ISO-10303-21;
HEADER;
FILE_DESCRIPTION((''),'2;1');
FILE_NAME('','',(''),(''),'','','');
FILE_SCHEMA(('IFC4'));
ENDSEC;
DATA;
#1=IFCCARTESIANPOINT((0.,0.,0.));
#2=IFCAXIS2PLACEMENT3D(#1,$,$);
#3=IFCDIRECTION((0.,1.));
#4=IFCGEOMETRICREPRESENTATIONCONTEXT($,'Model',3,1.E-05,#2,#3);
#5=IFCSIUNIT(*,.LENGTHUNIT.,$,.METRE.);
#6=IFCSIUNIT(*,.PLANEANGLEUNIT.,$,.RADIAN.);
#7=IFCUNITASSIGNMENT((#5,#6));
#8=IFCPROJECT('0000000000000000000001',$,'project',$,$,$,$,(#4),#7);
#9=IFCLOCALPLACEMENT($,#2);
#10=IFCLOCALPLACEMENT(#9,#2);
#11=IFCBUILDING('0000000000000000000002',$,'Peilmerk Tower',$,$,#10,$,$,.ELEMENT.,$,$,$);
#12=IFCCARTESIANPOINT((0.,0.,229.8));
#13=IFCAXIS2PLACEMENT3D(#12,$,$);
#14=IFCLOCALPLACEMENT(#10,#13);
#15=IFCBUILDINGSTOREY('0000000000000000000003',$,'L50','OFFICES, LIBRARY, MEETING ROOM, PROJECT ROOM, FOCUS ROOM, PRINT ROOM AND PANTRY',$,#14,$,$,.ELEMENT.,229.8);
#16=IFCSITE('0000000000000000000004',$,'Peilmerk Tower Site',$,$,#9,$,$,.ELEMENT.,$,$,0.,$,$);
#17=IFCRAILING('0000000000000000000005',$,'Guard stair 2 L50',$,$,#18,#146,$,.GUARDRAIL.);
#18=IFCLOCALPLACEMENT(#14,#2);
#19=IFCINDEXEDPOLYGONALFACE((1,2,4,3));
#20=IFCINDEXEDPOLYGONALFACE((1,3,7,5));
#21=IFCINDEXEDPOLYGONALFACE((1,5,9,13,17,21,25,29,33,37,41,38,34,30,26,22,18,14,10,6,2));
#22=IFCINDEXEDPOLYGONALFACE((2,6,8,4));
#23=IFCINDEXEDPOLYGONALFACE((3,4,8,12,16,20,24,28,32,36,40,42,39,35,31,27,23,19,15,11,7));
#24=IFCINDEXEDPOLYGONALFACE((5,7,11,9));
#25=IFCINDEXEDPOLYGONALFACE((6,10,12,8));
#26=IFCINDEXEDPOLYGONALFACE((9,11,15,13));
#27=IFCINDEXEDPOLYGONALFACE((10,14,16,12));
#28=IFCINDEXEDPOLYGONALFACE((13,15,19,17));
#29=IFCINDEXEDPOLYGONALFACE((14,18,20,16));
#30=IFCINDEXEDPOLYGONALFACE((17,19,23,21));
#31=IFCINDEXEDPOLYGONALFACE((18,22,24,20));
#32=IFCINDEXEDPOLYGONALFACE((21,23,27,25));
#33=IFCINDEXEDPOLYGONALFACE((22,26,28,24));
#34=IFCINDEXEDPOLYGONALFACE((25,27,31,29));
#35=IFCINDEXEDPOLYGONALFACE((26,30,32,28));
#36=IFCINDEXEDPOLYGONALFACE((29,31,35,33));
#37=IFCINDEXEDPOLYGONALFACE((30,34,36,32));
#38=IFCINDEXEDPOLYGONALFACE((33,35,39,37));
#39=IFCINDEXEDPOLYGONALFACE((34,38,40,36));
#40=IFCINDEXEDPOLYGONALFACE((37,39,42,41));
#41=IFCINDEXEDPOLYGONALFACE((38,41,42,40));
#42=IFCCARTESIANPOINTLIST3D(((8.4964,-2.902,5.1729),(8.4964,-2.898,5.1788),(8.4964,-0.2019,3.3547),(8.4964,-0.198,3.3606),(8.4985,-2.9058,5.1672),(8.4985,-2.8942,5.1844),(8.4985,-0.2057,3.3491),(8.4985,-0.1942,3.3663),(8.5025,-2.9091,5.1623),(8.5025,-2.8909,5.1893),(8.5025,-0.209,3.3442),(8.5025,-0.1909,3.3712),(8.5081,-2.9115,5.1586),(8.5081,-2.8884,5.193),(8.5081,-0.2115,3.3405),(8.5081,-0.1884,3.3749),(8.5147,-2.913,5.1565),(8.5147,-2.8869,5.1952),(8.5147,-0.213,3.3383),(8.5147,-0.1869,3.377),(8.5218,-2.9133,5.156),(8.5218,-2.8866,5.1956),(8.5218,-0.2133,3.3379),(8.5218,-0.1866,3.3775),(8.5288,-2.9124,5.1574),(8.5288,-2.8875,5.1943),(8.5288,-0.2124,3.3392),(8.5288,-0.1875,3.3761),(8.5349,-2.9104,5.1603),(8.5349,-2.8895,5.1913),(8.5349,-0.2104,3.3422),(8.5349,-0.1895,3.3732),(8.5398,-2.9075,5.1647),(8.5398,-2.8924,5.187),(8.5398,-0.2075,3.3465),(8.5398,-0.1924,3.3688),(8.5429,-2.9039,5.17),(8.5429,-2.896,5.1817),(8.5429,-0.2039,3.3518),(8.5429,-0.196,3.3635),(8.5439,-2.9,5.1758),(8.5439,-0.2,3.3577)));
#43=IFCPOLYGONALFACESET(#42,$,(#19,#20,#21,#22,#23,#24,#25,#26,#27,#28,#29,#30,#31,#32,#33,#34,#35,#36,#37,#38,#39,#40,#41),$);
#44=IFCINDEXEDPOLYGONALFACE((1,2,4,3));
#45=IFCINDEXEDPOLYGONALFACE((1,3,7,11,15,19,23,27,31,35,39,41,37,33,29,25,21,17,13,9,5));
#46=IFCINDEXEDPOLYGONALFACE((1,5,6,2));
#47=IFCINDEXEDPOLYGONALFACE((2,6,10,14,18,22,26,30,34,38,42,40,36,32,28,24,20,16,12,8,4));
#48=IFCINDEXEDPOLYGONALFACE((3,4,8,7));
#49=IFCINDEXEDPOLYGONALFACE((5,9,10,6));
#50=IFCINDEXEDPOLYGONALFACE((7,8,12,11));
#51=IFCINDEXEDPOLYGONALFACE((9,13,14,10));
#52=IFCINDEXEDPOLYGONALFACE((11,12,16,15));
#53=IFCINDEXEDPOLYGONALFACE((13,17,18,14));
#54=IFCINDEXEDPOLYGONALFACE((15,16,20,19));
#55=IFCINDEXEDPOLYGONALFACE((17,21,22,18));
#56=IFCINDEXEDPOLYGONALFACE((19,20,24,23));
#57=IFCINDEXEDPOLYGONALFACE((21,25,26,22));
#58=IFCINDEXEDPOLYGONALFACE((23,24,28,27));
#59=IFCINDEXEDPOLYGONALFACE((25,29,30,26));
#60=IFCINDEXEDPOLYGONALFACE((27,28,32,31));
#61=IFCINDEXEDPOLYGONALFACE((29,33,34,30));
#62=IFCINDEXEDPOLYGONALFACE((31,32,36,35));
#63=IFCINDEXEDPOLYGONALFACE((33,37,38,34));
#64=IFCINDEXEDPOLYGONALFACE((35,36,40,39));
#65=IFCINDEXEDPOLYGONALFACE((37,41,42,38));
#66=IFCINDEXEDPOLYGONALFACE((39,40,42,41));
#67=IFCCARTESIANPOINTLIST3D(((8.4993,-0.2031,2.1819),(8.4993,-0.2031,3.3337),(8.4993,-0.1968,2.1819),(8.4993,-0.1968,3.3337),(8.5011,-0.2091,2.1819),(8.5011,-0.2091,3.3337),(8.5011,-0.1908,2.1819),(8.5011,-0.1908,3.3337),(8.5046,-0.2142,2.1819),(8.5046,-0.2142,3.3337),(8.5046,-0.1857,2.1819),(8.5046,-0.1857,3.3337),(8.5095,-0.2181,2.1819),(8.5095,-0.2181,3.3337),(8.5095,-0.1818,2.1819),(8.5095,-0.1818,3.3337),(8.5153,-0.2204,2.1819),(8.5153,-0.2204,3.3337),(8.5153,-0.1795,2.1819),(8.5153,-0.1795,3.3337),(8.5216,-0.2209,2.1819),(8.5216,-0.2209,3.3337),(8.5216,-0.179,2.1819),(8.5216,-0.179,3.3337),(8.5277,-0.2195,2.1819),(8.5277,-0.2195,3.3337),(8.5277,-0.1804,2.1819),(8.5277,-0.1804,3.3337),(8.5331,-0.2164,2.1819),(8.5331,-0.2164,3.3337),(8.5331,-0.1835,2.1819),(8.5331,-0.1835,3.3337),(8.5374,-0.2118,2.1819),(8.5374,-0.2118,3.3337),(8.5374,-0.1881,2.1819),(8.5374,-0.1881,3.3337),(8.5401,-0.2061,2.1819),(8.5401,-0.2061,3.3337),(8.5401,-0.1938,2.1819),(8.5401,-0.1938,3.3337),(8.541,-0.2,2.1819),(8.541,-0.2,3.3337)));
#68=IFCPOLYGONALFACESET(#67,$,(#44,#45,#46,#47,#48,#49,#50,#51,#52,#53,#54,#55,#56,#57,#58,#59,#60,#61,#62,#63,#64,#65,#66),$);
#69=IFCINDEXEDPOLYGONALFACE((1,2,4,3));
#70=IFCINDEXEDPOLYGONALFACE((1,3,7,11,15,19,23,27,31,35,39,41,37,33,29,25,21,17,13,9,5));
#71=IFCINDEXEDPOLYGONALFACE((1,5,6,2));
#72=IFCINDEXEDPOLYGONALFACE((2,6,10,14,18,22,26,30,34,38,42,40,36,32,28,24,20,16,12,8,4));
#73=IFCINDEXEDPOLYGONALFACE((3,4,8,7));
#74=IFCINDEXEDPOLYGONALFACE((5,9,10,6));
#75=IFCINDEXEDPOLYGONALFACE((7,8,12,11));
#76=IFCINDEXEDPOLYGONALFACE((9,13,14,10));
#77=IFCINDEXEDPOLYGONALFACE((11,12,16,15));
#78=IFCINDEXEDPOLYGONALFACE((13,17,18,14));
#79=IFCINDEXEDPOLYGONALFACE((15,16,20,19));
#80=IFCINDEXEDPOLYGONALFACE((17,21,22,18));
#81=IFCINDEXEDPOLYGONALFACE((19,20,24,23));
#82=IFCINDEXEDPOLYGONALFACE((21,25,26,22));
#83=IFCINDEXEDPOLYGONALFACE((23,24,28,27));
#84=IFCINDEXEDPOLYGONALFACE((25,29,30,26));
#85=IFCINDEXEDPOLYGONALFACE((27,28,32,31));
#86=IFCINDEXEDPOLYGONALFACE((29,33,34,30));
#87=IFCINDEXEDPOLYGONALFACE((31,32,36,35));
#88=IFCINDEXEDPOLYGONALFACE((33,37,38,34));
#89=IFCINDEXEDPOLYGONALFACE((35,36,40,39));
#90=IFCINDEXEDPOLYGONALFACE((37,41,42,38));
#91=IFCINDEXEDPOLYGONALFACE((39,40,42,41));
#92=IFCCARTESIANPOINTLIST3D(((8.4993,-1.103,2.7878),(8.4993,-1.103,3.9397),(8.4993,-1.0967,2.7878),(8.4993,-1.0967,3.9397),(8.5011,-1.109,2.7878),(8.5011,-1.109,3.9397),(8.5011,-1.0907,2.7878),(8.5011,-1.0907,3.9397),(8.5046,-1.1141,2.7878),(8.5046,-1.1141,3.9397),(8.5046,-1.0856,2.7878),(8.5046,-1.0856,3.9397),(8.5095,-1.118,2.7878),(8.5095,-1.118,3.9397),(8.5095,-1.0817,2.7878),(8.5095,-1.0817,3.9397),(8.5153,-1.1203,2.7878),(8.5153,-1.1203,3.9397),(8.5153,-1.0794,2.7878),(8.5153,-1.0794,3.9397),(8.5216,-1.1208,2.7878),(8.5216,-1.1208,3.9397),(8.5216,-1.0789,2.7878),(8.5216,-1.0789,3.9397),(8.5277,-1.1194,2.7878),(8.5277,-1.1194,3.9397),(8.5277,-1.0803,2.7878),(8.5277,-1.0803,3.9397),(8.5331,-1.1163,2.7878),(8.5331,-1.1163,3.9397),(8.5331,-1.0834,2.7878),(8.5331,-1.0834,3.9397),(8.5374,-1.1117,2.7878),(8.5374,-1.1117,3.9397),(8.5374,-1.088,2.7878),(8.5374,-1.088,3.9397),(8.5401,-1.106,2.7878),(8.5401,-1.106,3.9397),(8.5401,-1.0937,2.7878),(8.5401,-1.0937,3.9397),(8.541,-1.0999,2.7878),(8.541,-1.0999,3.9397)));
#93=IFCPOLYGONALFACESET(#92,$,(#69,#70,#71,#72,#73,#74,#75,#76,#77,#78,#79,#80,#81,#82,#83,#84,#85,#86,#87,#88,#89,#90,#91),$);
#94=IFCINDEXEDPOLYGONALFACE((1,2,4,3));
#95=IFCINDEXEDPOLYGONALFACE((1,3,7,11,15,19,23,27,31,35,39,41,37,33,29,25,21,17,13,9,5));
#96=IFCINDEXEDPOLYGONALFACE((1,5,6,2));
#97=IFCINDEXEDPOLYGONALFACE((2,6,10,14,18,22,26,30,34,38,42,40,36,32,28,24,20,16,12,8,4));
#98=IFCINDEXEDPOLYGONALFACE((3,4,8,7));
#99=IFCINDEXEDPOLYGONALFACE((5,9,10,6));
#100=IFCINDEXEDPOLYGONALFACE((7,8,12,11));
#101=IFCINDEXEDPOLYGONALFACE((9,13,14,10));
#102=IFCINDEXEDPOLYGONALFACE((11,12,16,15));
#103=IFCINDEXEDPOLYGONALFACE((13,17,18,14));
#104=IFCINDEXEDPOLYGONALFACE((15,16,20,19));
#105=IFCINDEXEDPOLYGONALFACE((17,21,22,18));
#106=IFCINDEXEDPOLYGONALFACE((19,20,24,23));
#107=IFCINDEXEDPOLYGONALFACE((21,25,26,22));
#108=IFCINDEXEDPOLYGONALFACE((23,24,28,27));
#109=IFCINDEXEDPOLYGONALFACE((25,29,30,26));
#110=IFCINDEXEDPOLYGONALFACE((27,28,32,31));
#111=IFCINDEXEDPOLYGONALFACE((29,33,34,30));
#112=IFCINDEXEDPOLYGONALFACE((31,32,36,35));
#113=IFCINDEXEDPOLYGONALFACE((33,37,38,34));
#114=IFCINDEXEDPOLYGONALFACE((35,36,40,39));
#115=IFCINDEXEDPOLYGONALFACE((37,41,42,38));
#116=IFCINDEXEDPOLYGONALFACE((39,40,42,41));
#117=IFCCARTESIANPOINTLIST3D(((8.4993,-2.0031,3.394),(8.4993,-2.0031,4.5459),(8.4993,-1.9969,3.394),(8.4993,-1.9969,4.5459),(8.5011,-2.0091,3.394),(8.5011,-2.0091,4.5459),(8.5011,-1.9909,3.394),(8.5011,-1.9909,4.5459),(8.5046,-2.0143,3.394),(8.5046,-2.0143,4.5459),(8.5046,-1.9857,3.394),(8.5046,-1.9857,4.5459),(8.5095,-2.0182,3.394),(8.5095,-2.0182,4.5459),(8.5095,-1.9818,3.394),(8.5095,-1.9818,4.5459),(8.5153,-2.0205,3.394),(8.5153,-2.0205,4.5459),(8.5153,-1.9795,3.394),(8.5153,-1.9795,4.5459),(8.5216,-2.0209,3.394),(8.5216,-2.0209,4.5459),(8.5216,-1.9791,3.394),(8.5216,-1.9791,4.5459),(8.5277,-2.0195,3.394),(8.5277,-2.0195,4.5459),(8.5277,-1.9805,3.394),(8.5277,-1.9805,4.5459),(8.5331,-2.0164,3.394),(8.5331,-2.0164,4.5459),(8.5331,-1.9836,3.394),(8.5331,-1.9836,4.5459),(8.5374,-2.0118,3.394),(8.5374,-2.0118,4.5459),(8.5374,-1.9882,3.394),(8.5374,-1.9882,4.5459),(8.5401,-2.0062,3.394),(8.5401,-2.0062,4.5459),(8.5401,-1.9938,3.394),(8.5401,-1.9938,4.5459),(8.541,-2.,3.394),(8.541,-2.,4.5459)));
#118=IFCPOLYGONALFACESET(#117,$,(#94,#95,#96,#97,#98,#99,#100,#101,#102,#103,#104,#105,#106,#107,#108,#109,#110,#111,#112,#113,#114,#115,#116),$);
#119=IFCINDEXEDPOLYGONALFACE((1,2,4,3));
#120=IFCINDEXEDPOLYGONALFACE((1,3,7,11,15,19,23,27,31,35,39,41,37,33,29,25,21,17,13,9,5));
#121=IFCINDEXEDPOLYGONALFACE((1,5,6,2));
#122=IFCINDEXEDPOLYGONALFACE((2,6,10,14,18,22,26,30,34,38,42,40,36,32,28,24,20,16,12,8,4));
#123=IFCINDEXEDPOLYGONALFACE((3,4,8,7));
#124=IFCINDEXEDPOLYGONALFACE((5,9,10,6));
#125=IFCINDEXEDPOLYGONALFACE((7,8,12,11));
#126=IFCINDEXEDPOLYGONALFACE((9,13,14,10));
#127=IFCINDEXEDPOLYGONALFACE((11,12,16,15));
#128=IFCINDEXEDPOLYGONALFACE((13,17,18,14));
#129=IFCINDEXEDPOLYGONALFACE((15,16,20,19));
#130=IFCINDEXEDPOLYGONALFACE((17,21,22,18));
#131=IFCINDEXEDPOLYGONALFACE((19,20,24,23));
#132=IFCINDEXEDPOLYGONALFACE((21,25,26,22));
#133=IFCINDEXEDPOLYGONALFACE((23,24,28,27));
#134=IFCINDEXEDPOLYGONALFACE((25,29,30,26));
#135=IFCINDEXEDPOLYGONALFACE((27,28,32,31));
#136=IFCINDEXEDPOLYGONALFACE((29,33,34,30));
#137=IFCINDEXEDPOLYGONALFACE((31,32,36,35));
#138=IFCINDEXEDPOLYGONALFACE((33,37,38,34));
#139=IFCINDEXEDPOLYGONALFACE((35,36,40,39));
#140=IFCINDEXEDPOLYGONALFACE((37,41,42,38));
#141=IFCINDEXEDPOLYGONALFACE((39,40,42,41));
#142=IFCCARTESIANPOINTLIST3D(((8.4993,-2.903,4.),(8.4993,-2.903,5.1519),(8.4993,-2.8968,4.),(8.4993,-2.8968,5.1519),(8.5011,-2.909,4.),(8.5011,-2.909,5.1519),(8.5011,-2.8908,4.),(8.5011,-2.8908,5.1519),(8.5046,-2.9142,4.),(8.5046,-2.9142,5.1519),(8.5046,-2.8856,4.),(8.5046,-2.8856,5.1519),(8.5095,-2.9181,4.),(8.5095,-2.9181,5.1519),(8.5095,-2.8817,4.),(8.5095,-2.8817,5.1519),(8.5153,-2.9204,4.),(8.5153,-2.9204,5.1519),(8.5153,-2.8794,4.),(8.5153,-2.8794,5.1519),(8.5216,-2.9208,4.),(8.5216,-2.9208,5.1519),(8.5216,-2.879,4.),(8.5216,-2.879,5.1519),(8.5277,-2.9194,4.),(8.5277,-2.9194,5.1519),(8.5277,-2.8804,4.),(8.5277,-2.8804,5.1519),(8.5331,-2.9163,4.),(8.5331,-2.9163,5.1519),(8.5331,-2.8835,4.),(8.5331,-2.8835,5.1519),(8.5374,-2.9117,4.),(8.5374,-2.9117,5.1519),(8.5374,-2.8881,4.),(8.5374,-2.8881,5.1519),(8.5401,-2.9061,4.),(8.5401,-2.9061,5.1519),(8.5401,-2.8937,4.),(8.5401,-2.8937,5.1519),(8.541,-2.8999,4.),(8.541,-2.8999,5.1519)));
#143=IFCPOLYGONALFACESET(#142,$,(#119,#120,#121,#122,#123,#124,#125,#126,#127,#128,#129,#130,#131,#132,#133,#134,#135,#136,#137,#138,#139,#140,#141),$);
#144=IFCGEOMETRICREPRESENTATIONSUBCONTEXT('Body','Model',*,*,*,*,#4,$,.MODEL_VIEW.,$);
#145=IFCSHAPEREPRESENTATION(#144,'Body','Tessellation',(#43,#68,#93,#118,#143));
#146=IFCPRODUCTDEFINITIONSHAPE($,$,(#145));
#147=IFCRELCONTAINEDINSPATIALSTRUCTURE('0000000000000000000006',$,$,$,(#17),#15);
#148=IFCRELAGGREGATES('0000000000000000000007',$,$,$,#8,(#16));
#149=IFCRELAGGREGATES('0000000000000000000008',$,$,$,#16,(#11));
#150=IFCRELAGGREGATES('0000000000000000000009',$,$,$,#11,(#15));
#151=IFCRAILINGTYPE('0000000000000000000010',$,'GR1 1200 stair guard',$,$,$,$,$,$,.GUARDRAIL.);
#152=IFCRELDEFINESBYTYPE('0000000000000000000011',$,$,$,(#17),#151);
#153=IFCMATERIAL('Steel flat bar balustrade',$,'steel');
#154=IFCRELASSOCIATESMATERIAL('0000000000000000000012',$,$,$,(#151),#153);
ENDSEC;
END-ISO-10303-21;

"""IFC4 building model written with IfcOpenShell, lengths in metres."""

from ifc_helpers import new_model, si_unit, direction, frame, origin, origin_2d, place, context, subcontext, project, spatial, circle, extrude, material, type_object, element, save


model = new_model("IFC4")

# Units and contexts
model_context = context("Model", 3, precision=1e-05, world=origin(), true_north=direction((0.0, 1.0)))
body_context = subcontext(model_context, "Body", "Model", "MODEL_VIEW")
ifc_project = project(units=[si_unit("LENGTHUNIT", "METRE"), si_unit("PLANEANGLEUNIT", "RADIAN")], contexts=[model_context])

# Site, building, storey
site_placement = place(None, origin())
site = spatial("IfcSite", under=ifc_project, at=site_placement, Name="Peilmerk Tower Site", CompositionType="ELEMENT", RefElevation=0.0)
building_placement = place(site_placement, origin())
building = spatial("IfcBuilding", under=site, at=building_placement, Name="Peilmerk Tower", CompositionType="ELEMENT")
storey_placement = place(building_placement, frame((0.0, 0.0, 229.8)))
storey = spatial("IfcBuildingStorey", under=building, at=storey_placement, Name="L50", Description="OFFICES, LIBRARY, MEETING ROOM, PROJECT ROOM, FOCUS ROOM, PRINT ROOM AND PANTRY", CompositionType="ELEMENT", Elevation=229.8)

# Railing
ifc_material_1 = material(Name="Steel flat bar balustrade", Category="steel")
railing_type_1 = type_object("IfcRailingType", Name="GR1 1200 stair guard", PredefinedType="GUARDRAIL", material=ifc_material_1)
railing_1_placement = place(storey_placement, frame((8.52, -0.2, 2.1819)))
element("IfcRailing", 1, at=railing_1_placement, inside=storey, type_object=railing_type_1, Name="Guard stair 2 L50", PredefinedType="GUARDRAIL", context=body_context, shape_type="SweptSolid", body=[
    extrude(circle(Radius=0.0239, at=origin_2d()), frame((0.0, 0.0, 1.1758), z_axis=(0.0, -0.829468, 0.558554), x_axis=(1.0, 0.0, 0.0)), (0.0, 0.0, 1.0), 3.2551),
    extrude(circle(Radius=0.021, at=origin_2d()), origin(), (0.0, 0.0, 1.0), 1.1519),
    extrude(circle(Radius=0.021, at=origin_2d()), frame((0.0, -0.8999, 0.606)), (0.0, 0.0, 1.0), 1.1519),
    extrude(circle(Radius=0.021, at=origin_2d()), frame((0.0, -1.8, 1.2122)), (0.0, 0.0, 1.0), 1.1519),
    extrude(circle(Radius=0.021, at=origin_2d()), frame((0.0, -2.7, 1.8181)), (0.0, 0.0, 1.0), 1.1519),
])

save(model, "model.ifc")
